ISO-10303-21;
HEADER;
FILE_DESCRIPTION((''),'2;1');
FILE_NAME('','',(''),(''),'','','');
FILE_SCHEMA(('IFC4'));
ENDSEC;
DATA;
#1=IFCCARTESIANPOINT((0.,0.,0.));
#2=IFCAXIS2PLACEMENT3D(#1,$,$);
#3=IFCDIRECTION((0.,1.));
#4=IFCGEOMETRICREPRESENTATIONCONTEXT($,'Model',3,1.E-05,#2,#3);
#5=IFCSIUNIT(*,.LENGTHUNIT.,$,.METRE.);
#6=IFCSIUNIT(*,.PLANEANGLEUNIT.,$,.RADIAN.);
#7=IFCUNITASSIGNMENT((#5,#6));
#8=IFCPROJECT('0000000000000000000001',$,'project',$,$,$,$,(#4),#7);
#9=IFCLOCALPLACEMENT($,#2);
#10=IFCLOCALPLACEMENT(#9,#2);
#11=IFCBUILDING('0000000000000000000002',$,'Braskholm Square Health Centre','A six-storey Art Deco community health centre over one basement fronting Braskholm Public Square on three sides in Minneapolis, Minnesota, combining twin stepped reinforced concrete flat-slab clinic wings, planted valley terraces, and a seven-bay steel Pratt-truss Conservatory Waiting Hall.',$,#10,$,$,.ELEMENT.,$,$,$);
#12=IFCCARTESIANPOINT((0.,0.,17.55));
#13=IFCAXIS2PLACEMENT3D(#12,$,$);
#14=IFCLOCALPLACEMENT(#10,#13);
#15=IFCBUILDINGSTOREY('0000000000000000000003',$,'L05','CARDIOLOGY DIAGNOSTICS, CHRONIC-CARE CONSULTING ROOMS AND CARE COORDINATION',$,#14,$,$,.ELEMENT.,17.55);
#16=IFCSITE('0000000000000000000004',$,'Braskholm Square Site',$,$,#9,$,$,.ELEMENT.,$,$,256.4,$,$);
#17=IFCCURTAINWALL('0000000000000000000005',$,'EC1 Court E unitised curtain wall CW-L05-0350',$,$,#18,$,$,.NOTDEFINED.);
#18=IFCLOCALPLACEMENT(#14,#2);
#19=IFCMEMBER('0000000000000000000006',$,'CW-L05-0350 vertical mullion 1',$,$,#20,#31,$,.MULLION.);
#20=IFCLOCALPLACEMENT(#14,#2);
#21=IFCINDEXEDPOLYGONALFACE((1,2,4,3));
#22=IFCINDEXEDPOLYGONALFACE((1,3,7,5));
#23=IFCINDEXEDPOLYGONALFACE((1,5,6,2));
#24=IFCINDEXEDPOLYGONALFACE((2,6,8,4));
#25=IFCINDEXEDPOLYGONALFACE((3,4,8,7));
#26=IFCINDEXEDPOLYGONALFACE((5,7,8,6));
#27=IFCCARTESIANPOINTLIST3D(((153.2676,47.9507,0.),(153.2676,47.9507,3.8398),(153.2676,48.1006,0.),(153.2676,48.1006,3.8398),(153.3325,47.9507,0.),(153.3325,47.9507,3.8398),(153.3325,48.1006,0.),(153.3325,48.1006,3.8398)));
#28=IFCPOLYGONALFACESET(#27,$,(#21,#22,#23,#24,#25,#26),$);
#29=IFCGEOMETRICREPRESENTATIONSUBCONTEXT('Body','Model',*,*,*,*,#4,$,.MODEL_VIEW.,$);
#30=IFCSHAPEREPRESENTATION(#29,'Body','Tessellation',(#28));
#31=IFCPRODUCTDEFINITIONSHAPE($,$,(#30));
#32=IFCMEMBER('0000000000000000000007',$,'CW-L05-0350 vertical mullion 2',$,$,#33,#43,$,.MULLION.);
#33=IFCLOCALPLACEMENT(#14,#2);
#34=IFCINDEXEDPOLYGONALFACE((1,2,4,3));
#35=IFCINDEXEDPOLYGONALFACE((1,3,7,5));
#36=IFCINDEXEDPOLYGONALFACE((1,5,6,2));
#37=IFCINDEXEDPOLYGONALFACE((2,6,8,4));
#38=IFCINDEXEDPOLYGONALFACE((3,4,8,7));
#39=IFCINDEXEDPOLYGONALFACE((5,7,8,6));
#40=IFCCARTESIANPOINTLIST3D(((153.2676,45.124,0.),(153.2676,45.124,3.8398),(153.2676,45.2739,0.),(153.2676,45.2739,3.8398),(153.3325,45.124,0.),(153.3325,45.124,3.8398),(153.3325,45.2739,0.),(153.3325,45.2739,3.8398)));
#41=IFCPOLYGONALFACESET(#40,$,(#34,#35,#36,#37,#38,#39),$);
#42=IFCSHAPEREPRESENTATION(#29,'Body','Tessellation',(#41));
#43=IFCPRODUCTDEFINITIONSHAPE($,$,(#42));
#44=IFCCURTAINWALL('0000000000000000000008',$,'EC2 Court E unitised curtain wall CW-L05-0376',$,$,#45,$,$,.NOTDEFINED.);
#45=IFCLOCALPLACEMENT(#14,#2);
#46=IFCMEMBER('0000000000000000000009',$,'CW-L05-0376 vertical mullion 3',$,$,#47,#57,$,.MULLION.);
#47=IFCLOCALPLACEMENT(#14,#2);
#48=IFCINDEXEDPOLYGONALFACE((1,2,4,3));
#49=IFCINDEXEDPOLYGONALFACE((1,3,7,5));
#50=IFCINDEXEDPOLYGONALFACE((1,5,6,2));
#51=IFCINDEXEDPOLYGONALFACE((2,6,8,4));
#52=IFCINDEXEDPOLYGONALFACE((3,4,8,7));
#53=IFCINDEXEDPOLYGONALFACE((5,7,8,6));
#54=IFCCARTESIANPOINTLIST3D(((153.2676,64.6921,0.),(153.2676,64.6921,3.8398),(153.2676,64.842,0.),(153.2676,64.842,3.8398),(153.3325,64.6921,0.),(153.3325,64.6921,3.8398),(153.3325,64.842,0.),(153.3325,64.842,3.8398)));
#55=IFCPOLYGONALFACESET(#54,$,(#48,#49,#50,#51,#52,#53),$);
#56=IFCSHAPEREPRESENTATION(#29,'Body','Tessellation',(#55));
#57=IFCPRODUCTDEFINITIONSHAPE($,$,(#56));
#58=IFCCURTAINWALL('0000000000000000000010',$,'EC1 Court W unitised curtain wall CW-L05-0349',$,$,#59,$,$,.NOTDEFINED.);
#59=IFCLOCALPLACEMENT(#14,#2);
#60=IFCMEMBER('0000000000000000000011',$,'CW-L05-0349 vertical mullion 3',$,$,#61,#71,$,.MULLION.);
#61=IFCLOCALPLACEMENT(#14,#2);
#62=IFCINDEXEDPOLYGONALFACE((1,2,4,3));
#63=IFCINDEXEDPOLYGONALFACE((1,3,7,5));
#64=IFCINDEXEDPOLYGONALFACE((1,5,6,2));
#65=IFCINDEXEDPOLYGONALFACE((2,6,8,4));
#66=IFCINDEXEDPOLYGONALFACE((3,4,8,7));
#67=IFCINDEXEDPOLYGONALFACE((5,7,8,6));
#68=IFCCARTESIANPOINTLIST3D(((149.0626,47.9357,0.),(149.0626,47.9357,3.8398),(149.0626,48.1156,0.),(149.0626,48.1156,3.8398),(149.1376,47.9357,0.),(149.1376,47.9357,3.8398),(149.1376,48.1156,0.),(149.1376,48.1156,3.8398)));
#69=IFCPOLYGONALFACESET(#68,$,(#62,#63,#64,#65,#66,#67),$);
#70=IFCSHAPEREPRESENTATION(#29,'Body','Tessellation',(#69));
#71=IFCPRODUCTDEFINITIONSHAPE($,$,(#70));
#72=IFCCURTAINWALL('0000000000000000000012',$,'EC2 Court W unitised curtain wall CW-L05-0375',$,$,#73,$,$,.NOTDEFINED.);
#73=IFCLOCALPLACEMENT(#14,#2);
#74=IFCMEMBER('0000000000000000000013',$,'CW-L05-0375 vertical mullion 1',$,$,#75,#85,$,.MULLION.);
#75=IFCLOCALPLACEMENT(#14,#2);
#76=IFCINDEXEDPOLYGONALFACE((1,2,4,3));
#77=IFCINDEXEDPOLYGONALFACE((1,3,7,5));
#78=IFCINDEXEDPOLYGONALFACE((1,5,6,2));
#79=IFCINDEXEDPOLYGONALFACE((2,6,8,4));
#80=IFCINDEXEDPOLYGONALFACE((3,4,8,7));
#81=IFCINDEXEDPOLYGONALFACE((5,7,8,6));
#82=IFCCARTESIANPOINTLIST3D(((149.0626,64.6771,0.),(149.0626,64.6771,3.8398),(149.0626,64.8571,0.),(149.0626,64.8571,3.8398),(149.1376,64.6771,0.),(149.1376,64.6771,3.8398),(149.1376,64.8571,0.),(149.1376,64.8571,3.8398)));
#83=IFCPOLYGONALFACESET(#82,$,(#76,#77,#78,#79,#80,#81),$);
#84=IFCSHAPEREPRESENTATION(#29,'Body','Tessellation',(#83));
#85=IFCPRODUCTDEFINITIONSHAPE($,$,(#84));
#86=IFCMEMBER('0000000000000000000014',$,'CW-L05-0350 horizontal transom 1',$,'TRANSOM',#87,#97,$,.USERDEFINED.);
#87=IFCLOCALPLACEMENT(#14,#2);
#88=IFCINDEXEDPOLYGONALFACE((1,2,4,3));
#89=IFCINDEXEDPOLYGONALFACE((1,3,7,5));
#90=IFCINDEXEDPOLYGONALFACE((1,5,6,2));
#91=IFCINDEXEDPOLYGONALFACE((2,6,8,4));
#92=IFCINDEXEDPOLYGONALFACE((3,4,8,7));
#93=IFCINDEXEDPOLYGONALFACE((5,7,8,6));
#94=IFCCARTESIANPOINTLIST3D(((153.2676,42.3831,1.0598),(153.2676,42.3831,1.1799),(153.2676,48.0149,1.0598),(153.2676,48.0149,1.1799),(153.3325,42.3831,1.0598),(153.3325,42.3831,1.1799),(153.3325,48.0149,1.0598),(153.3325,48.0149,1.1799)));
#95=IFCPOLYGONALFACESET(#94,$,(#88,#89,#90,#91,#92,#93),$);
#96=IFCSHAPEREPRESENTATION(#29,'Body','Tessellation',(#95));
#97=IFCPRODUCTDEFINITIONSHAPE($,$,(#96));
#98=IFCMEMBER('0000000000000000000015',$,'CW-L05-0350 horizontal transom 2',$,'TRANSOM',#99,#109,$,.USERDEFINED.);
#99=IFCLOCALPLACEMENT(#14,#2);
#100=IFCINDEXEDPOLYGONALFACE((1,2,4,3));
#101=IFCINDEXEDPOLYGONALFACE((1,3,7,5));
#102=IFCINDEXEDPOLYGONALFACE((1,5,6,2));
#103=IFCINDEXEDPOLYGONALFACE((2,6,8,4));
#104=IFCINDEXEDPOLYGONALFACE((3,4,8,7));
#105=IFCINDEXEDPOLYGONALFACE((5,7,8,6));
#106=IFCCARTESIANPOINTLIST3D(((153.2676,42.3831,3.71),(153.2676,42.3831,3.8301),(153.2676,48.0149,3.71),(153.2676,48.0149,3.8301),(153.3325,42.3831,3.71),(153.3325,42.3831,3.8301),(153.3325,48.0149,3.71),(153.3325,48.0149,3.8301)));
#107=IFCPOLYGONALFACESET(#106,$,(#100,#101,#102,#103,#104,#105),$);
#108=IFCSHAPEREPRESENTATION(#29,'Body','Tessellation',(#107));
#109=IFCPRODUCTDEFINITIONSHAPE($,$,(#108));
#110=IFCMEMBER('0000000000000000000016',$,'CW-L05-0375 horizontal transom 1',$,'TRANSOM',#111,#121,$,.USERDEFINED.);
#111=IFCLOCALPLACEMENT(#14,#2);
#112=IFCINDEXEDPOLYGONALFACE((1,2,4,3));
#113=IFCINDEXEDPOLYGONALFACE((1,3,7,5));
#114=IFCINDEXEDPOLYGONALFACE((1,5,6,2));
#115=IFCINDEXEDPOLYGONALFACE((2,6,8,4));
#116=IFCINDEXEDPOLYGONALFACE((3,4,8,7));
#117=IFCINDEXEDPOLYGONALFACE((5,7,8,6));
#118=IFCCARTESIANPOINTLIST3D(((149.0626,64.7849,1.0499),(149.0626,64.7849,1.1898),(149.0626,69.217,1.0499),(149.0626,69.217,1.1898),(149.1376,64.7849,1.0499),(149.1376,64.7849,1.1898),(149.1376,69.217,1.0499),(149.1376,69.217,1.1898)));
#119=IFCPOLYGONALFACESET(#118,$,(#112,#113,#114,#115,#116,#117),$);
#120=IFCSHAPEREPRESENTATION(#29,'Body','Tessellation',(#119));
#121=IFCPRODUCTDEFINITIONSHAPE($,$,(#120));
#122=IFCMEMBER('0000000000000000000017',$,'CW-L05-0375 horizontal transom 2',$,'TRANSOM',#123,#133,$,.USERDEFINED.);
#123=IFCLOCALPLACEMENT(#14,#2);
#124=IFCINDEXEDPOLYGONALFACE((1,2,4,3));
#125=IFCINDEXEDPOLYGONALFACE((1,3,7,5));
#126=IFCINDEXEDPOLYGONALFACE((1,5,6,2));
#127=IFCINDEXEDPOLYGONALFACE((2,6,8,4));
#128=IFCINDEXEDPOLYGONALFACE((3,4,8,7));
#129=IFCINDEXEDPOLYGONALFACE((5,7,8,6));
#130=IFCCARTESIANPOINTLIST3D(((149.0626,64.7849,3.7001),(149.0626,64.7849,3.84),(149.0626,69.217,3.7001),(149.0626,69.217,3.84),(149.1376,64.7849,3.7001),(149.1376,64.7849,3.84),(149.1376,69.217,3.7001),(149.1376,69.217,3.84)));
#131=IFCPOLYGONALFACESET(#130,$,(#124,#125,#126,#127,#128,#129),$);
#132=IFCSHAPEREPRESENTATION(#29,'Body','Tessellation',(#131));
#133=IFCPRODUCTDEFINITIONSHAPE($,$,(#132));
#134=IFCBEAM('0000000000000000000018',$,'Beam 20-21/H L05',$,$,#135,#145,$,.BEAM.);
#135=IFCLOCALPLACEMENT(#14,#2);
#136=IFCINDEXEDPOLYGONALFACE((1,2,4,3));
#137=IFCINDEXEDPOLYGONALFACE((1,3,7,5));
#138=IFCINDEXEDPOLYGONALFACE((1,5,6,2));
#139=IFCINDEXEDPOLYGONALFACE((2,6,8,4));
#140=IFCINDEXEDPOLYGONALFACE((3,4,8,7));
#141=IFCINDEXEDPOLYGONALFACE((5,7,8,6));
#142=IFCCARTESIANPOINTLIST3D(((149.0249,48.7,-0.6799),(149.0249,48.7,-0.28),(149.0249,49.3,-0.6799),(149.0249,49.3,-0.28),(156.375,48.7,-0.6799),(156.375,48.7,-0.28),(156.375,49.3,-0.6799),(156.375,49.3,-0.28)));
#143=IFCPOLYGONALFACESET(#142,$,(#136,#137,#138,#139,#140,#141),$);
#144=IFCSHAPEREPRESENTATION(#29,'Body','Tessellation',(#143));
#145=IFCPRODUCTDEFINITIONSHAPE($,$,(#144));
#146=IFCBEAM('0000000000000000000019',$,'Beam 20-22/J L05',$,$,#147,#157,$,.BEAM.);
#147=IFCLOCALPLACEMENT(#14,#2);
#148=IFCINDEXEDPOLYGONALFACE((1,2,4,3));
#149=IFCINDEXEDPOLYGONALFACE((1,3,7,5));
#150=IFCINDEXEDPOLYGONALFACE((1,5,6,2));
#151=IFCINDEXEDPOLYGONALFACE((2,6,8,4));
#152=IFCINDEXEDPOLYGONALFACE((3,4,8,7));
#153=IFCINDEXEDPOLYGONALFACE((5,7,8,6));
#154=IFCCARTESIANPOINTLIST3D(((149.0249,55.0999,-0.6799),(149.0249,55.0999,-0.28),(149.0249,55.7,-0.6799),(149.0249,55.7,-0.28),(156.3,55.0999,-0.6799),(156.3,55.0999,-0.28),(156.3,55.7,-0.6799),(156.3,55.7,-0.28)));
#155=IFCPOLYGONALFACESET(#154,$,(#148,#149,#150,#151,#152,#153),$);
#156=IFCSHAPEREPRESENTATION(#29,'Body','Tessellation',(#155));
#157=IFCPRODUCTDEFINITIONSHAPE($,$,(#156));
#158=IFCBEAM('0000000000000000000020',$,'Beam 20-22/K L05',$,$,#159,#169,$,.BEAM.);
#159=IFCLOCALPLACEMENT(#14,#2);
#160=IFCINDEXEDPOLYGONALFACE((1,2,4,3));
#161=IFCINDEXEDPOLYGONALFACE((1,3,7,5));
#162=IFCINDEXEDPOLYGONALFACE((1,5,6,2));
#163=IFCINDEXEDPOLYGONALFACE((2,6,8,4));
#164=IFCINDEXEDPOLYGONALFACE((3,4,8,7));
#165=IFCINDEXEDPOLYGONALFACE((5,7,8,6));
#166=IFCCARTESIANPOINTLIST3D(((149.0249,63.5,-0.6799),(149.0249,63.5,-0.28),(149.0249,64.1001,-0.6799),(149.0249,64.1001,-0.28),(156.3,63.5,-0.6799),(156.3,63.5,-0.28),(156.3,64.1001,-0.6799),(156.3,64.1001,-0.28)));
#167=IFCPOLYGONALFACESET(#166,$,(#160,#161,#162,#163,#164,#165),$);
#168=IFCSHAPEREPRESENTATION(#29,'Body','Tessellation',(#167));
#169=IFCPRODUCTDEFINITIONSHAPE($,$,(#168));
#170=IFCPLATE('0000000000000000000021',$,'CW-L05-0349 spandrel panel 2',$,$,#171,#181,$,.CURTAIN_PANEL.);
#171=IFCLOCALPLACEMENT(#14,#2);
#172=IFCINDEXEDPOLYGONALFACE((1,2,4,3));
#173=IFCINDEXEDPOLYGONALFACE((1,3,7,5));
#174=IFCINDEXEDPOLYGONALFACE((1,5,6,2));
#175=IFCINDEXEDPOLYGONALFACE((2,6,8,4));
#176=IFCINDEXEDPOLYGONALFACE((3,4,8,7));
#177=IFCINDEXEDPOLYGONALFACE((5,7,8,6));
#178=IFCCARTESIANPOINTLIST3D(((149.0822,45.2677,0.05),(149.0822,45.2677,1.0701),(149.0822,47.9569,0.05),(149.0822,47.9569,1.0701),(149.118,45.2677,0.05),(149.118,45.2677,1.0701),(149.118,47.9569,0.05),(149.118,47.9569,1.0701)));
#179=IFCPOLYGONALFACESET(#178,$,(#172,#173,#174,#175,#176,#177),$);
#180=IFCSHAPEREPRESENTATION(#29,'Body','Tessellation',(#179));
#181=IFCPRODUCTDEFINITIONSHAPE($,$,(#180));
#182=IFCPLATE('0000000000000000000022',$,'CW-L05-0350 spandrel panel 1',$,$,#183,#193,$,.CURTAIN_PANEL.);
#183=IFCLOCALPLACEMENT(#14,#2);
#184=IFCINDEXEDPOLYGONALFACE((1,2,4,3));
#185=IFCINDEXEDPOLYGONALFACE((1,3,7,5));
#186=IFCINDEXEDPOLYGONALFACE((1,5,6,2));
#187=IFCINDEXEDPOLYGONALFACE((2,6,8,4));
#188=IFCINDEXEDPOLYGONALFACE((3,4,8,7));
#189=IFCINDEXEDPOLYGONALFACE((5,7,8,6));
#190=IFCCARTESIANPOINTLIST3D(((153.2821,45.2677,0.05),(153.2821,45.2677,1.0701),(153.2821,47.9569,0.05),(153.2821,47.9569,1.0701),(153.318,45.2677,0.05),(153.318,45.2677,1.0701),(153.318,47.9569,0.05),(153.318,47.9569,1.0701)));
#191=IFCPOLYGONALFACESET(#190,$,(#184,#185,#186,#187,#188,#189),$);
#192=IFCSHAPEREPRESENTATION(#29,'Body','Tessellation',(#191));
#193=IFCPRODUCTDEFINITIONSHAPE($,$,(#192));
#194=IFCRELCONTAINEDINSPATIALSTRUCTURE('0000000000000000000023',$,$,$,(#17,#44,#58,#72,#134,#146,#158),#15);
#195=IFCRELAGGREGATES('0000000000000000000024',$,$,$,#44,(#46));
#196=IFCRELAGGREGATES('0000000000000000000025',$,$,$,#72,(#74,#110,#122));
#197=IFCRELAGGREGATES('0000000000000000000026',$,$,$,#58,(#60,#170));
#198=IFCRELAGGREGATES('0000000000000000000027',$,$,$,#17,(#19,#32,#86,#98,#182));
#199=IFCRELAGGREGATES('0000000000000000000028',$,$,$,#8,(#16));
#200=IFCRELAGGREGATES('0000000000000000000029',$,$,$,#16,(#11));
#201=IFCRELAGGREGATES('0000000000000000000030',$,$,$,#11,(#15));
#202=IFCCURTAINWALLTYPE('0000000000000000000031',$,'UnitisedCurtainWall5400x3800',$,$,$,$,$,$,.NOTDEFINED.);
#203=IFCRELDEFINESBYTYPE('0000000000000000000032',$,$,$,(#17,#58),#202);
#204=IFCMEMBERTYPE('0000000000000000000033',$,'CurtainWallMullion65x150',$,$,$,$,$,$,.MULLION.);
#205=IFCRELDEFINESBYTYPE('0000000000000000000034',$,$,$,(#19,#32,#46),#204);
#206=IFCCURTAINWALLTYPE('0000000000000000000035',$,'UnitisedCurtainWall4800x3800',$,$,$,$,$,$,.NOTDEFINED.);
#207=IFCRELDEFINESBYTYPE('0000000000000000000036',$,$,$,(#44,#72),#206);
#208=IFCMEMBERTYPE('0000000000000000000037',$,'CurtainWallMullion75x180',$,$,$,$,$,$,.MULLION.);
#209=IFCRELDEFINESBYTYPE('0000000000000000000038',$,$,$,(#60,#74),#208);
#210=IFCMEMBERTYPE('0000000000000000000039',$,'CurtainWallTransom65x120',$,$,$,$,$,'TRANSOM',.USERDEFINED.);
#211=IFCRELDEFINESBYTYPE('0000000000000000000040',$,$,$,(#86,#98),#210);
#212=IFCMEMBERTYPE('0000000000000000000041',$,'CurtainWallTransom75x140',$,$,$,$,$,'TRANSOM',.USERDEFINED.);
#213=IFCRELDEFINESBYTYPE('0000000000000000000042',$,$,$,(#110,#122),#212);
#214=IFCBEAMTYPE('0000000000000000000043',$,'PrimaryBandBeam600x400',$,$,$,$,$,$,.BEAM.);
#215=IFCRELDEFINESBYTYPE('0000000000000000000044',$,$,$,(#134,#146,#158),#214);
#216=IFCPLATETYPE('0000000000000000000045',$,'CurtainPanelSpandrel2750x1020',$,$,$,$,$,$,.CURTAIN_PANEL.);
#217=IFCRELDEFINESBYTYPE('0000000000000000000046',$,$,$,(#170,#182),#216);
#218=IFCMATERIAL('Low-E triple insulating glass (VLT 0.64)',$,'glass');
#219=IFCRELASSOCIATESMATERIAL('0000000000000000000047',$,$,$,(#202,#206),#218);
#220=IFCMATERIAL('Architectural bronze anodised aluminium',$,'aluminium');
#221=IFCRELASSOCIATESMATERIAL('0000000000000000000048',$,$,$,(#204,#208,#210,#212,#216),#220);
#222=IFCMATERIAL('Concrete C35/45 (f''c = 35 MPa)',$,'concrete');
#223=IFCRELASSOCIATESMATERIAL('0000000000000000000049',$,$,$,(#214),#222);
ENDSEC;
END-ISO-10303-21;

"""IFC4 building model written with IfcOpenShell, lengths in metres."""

from ifc_helpers import new_model, si_unit, direction, frame, origin, origin_2d, place, context, subcontext, project, spatial, rectangle, extrude, material, material_profile, profile_set, type_object, element, aggregate, save


model = new_model("IFC4")

# Units and contexts
model_context = context("Model", 3, precision=1e-05, world=origin(), true_north=direction((0.0, 1.0)))
body_context = subcontext(model_context, "Body", "Model", "MODEL_VIEW")
ifc_project = project(units=[si_unit("LENGTHUNIT", "METRE"), si_unit("PLANEANGLEUNIT", "RADIAN")], contexts=[model_context])

# Site, building, storey
site_placement = place(None, origin())
site = spatial("IfcSite", under=ifc_project, at=site_placement, Name="Braskholm Square Site", CompositionType="ELEMENT", RefElevation=256.4)
building_placement = place(site_placement, origin())
building = spatial("IfcBuilding", under=site, at=building_placement, Name="Braskholm Square Health Centre", Description="A six-storey Art Deco community health centre over one basement fronting Braskholm Public Square on three sides in Minneapolis, Minnesota, combining twin stepped reinforced concrete flat-slab clinic wings, planted valley terraces, and a seven-bay steel Pratt-truss Conservatory Waiting Hall.", CompositionType="ELEMENT")
storey_placement = place(building_placement, frame((0.0, 0.0, 17.55)))
storey = spatial("IfcBuildingStorey", under=building, at=storey_placement, Name="L05", Description="CARDIOLOGY DIAGNOSTICS, CHRONIC-CARE CONSULTING ROOMS AND CARE COORDINATION", CompositionType="ELEMENT", Elevation=17.55)

# Curtain wall, members
ifc_material_1 = material(Name="Low-E triple insulating glass (VLT 0.64)", Category="glass")
curtain_wall_type_1 = type_object("IfcCurtainWallType", Name="UnitisedCurtainWall5400x3800", PredefinedType="NOTDEFINED", material=ifc_material_1)
curtain_wall_1_placement = place(storey_placement, origin())
curtain_wall_1 = element("IfcCurtainWall", 1, at=curtain_wall_1_placement, inside=storey, type_object=curtain_wall_type_1, Name="EC1 Court E unitised curtain wall CW-L05-0350", PredefinedType="NOTDEFINED")
ifc_material_2 = material(Name="Architectural bronze anodised aluminium", Category="aluminium")
ifc_material_profile_1 = material_profile(ifc_material_2, rectangle(XDim=0.0649, YDim=0.1499, at=origin_2d()), Name="ALU-65X150")
ifc_profile_set_1 = profile_set([ifc_material_profile_1], Name="Architectural bronze anodised aluminium")
member_type_1 = type_object("IfcMemberType", Name="CurtainWallMullion65x150", PredefinedType="MULLION", material=ifc_profile_set_1)
member_1_placement = place(storey_placement, frame((153.3, 48.0256, 0.0), z_axis=(0.0, 0.0, 1.0), x_axis=(1.0, 0.0, 0.0)))
member_1 = element("IfcMember", 2, at=member_1_placement, type_object=member_type_1, Name="CW-L05-0350 vertical mullion 1", PredefinedType="MULLION", context=body_context, shape_type="SweptSolid", body=[
    extrude(rectangle(XDim=0.0649, YDim=0.1499, at=origin_2d()), origin(), (0.0, 0.0, 1.0), 3.8398),
])
member_2_placement = place(storey_placement, frame((153.3, 45.199, 0.0), z_axis=(0.0, 0.0, 1.0), x_axis=(1.0, 0.0, 0.0)))
member_2 = element("IfcMember", 3, at=member_2_placement, type_object=member_type_1, Name="CW-L05-0350 vertical mullion 2", PredefinedType="MULLION", context=body_context, shape_type="SweptSolid", body=[
    extrude(rectangle(XDim=0.0649, YDim=0.1499, at=origin_2d()), origin(), (0.0, 0.0, 1.0), 3.8398),
])

# Curtain walls, members
curtain_wall_type_2 = type_object("IfcCurtainWallType", Name="UnitisedCurtainWall4800x3800", PredefinedType="NOTDEFINED", material=ifc_material_1)
curtain_wall_2_placement = place(storey_placement, origin())
curtain_wall_2 = element("IfcCurtainWall", 4, at=curtain_wall_2_placement, inside=storey, type_object=curtain_wall_type_2, Name="EC2 Court E unitised curtain wall CW-L05-0376", PredefinedType="NOTDEFINED")
member_3_placement = place(storey_placement, frame((153.3, 64.7671, 0.0), z_axis=(0.0, 0.0, 1.0), x_axis=(1.0, 0.0, 0.0)))
member_3 = element("IfcMember", 5, at=member_3_placement, type_object=member_type_1, Name="CW-L05-0376 vertical mullion 3", PredefinedType="MULLION", context=body_context, shape_type="SweptSolid", body=[
    extrude(rectangle(XDim=0.0649, YDim=0.1499, at=origin_2d()), origin(), (0.0, 0.0, 1.0), 3.8398),
])
aggregate(curtain_wall_2, [member_3])
curtain_wall_3_placement = place(storey_placement, origin())
curtain_wall_3 = element("IfcCurtainWall", 6, at=curtain_wall_3_placement, inside=storey, type_object=curtain_wall_type_1, Name="EC1 Court W unitised curtain wall CW-L05-0349", PredefinedType="NOTDEFINED")
ifc_material_profile_2 = material_profile(ifc_material_2, rectangle(XDim=0.075, YDim=0.1799, at=origin_2d()), Name="ALU-75X180")
ifc_profile_set_2 = profile_set([ifc_material_profile_2], Name="Architectural bronze anodised aluminium")
member_type_2 = type_object("IfcMemberType", Name="CurtainWallMullion75x180", PredefinedType="MULLION", material=ifc_profile_set_2)
member_4_placement = place(storey_placement, frame((149.1001, 48.0256, 0.0), z_axis=(0.0, 0.0, 1.0), x_axis=(1.0, 0.0, 0.0)))
member_4 = element("IfcMember", 7, at=member_4_placement, type_object=member_type_2, Name="CW-L05-0349 vertical mullion 3", PredefinedType="MULLION", context=body_context, shape_type="SweptSolid", body=[
    extrude(rectangle(XDim=0.075, YDim=0.1799, at=origin_2d()), origin(), (0.0, 0.0, 1.0), 3.8398),
])
curtain_wall_4_placement = place(storey_placement, origin())
curtain_wall_4 = element("IfcCurtainWall", 8, at=curtain_wall_4_placement, inside=storey, type_object=curtain_wall_type_2, Name="EC2 Court W unitised curtain wall CW-L05-0375", PredefinedType="NOTDEFINED")
member_5_placement = place(storey_placement, frame((149.1001, 64.7671, 0.0), z_axis=(0.0, 0.0, 1.0), x_axis=(1.0, 0.0, 0.0)))
member_5 = element("IfcMember", 9, at=member_5_placement, type_object=member_type_2, Name="CW-L05-0375 vertical mullion 1", PredefinedType="MULLION", context=body_context, shape_type="SweptSolid", body=[
    extrude(rectangle(XDim=0.075, YDim=0.1799, at=origin_2d()), origin(), (0.0, 0.0, 1.0), 3.8398),
])

# Members
ifc_material_profile_3 = material_profile(ifc_material_2, rectangle(XDim=0.0649, YDim=0.1201, at=origin_2d()), Name="ALU-65X120")
ifc_profile_set_3 = profile_set([ifc_material_profile_3], Name="Architectural bronze anodised aluminium")
member_type_3 = type_object("IfcMemberType", Name="CurtainWallTransom65x120", ElementType="TRANSOM", PredefinedType="USERDEFINED", material=ifc_profile_set_3)
member_6_placement = place(storey_placement, frame((153.3, 48.0149, 1.1199), z_axis=(0.0, -1.0, 0.0), x_axis=(1.0, 0.0, 0.0)))
member_6 = element("IfcMember", 10, at=member_6_placement, type_object=member_type_3, Name="CW-L05-0350 horizontal transom 1", ObjectType="TRANSOM", PredefinedType="USERDEFINED", context=body_context, shape_type="SweptSolid", body=[
    extrude(rectangle(XDim=0.0649, YDim=0.1201, at=origin_2d()), origin(), (0.0, 0.0, 1.0), 5.6318),
])
member_7_placement = place(storey_placement, frame((153.3, 48.0149, 3.77), z_axis=(0.0, -1.0, 0.0), x_axis=(1.0, 0.0, 0.0)))
member_7 = element("IfcMember", 11, at=member_7_placement, type_object=member_type_3, Name="CW-L05-0350 horizontal transom 2", ObjectType="TRANSOM", PredefinedType="USERDEFINED", context=body_context, shape_type="SweptSolid", body=[
    extrude(rectangle(XDim=0.0649, YDim=0.1201, at=origin_2d()), origin(), (0.0, 0.0, 1.0), 5.6318),
])
ifc_material_profile_4 = material_profile(ifc_material_2, rectangle(XDim=0.075, YDim=0.1399, at=origin_2d()), Name="ALU-75X140")
ifc_profile_set_4 = profile_set([ifc_material_profile_4], Name="Architectural bronze anodised aluminium")
member_type_4 = type_object("IfcMemberType", Name="CurtainWallTransom75x140", ElementType="TRANSOM", PredefinedType="USERDEFINED", material=ifc_profile_set_4)
member_8_placement = place(storey_placement, frame((149.1001, 64.7849, 1.1199), z_axis=(0.0, 1.0, 0.0), x_axis=(-1.0, 0.0, 0.0)))
member_8 = element("IfcMember", 12, at=member_8_placement, type_object=member_type_4, Name="CW-L05-0375 horizontal transom 1", ObjectType="TRANSOM", PredefinedType="USERDEFINED", context=body_context, shape_type="SweptSolid", body=[
    extrude(rectangle(XDim=0.075, YDim=0.1399, at=origin_2d()), origin(), (0.0, 0.0, 1.0), 4.4321),
])
member_9_placement = place(storey_placement, frame((149.1001, 64.7849, 3.77), z_axis=(0.0, 1.0, 0.0), x_axis=(-1.0, 0.0, 0.0)))
member_9 = element("IfcMember", 13, at=member_9_placement, type_object=member_type_4, Name="CW-L05-0375 horizontal transom 2", ObjectType="TRANSOM", PredefinedType="USERDEFINED", context=body_context, shape_type="SweptSolid", body=[
    extrude(rectangle(XDim=0.075, YDim=0.1399, at=origin_2d()), origin(), (0.0, 0.0, 1.0), 4.4321),
])
aggregate(curtain_wall_4, [member_5, member_8, member_9])

# Beams
ifc_material_3 = material(Name="Concrete C35/45 (f'c = 35 MPa)", Category="concrete")
ifc_material_profile_5 = material_profile(ifc_material_3, rectangle(XDim=0.6001, YDim=0.3999, at=origin_2d()), Name="RCB-600X400")
ifc_profile_set_5 = profile_set([ifc_material_profile_5], Name="Concrete C35/45 (f'c = 35 MPa)")
beam_type = type_object("IfcBeamType", Name="PrimaryBandBeam600x400", PredefinedType="BEAM", material=ifc_profile_set_5)
beam_placement = place(storey_placement, frame((149.0249, 49.0, -0.48), z_axis=(1.0, 0.0, 0.0), x_axis=(0.0, 1.0, 0.0)))
element("IfcBeam", 14, at=beam_placement, inside=storey, type_object=beam_type, Name="Beam 20-21/H L05", PredefinedType="BEAM", context=body_context, shape_type="SweptSolid", body=[
    extrude(rectangle(XDim=0.6001, YDim=0.3999, at=origin_2d()), origin(), (0.0, 0.0, 1.0), 7.3501),
])
for number, where, z_axis, x_axis, name in (
    (15, (149.0249, 55.3999, -0.48), (1.0, 0.0, 0.0), (0.0, 1.0, 0.0), "Beam 20-22/J L05"),
    (16, (149.0249, 63.8, -0.48), (1.0, 0.0, 0.0), (0.0, 1.0, 0.0), "Beam 20-22/K L05"),
):
    element("IfcBeam", number, at=place(storey_placement, frame(where, z_axis=z_axis, x_axis=x_axis)), inside=storey, type_object=beam_type, Name=name, PredefinedType="BEAM", context=body_context, shape_type="SweptSolid", body=[
        extrude(rectangle(XDim=0.6001, YDim=0.3999, at=origin_2d()), origin(), (0.0, 0.0, 1.0), 7.2751),
    ])

# Plates
plate_type_1 = type_object("IfcPlateType", Name="CurtainPanelSpandrel2750x1020", PredefinedType="CURTAIN_PANEL", material=ifc_material_2)
plate_1_placement = place(storey_placement, frame((149.1001, 46.6123, 0.05), z_axis=(0.0, 0.0, 1.0), x_axis=(0.0, 1.0, 0.0)))
plate_1 = element("IfcPlate", 17, at=plate_1_placement, type_object=plate_type_1, Name="CW-L05-0349 spandrel panel 2", PredefinedType="CURTAIN_PANEL", context=body_context, shape_type="SweptSolid", body=[
    extrude(rectangle(XDim=2.6892, YDim=0.0359, at=origin_2d()), origin(), (0.0, 0.0, 1.0), 1.02),
])
plate_2_placement = place(storey_placement, frame((153.3, 46.6123, 0.05), z_axis=(0.0, 0.0, 1.0), x_axis=(0.0, -1.0, 0.0)))
plate_2 = element("IfcPlate", 18, at=plate_2_placement, type_object=plate_type_1, Name="CW-L05-0350 spandrel panel 1", PredefinedType="CURTAIN_PANEL", context=body_context, shape_type="SweptSolid", body=[
    extrude(rectangle(XDim=2.6892, YDim=0.0359, at=origin_2d()), origin(), (0.0, 0.0, 1.0), 1.02),
])
aggregate(curtain_wall_3, [member_4, plate_1])
aggregate(curtain_wall_1, [member_1, member_2, member_6, member_7, plate_2])

save(model, "model.ifc")
